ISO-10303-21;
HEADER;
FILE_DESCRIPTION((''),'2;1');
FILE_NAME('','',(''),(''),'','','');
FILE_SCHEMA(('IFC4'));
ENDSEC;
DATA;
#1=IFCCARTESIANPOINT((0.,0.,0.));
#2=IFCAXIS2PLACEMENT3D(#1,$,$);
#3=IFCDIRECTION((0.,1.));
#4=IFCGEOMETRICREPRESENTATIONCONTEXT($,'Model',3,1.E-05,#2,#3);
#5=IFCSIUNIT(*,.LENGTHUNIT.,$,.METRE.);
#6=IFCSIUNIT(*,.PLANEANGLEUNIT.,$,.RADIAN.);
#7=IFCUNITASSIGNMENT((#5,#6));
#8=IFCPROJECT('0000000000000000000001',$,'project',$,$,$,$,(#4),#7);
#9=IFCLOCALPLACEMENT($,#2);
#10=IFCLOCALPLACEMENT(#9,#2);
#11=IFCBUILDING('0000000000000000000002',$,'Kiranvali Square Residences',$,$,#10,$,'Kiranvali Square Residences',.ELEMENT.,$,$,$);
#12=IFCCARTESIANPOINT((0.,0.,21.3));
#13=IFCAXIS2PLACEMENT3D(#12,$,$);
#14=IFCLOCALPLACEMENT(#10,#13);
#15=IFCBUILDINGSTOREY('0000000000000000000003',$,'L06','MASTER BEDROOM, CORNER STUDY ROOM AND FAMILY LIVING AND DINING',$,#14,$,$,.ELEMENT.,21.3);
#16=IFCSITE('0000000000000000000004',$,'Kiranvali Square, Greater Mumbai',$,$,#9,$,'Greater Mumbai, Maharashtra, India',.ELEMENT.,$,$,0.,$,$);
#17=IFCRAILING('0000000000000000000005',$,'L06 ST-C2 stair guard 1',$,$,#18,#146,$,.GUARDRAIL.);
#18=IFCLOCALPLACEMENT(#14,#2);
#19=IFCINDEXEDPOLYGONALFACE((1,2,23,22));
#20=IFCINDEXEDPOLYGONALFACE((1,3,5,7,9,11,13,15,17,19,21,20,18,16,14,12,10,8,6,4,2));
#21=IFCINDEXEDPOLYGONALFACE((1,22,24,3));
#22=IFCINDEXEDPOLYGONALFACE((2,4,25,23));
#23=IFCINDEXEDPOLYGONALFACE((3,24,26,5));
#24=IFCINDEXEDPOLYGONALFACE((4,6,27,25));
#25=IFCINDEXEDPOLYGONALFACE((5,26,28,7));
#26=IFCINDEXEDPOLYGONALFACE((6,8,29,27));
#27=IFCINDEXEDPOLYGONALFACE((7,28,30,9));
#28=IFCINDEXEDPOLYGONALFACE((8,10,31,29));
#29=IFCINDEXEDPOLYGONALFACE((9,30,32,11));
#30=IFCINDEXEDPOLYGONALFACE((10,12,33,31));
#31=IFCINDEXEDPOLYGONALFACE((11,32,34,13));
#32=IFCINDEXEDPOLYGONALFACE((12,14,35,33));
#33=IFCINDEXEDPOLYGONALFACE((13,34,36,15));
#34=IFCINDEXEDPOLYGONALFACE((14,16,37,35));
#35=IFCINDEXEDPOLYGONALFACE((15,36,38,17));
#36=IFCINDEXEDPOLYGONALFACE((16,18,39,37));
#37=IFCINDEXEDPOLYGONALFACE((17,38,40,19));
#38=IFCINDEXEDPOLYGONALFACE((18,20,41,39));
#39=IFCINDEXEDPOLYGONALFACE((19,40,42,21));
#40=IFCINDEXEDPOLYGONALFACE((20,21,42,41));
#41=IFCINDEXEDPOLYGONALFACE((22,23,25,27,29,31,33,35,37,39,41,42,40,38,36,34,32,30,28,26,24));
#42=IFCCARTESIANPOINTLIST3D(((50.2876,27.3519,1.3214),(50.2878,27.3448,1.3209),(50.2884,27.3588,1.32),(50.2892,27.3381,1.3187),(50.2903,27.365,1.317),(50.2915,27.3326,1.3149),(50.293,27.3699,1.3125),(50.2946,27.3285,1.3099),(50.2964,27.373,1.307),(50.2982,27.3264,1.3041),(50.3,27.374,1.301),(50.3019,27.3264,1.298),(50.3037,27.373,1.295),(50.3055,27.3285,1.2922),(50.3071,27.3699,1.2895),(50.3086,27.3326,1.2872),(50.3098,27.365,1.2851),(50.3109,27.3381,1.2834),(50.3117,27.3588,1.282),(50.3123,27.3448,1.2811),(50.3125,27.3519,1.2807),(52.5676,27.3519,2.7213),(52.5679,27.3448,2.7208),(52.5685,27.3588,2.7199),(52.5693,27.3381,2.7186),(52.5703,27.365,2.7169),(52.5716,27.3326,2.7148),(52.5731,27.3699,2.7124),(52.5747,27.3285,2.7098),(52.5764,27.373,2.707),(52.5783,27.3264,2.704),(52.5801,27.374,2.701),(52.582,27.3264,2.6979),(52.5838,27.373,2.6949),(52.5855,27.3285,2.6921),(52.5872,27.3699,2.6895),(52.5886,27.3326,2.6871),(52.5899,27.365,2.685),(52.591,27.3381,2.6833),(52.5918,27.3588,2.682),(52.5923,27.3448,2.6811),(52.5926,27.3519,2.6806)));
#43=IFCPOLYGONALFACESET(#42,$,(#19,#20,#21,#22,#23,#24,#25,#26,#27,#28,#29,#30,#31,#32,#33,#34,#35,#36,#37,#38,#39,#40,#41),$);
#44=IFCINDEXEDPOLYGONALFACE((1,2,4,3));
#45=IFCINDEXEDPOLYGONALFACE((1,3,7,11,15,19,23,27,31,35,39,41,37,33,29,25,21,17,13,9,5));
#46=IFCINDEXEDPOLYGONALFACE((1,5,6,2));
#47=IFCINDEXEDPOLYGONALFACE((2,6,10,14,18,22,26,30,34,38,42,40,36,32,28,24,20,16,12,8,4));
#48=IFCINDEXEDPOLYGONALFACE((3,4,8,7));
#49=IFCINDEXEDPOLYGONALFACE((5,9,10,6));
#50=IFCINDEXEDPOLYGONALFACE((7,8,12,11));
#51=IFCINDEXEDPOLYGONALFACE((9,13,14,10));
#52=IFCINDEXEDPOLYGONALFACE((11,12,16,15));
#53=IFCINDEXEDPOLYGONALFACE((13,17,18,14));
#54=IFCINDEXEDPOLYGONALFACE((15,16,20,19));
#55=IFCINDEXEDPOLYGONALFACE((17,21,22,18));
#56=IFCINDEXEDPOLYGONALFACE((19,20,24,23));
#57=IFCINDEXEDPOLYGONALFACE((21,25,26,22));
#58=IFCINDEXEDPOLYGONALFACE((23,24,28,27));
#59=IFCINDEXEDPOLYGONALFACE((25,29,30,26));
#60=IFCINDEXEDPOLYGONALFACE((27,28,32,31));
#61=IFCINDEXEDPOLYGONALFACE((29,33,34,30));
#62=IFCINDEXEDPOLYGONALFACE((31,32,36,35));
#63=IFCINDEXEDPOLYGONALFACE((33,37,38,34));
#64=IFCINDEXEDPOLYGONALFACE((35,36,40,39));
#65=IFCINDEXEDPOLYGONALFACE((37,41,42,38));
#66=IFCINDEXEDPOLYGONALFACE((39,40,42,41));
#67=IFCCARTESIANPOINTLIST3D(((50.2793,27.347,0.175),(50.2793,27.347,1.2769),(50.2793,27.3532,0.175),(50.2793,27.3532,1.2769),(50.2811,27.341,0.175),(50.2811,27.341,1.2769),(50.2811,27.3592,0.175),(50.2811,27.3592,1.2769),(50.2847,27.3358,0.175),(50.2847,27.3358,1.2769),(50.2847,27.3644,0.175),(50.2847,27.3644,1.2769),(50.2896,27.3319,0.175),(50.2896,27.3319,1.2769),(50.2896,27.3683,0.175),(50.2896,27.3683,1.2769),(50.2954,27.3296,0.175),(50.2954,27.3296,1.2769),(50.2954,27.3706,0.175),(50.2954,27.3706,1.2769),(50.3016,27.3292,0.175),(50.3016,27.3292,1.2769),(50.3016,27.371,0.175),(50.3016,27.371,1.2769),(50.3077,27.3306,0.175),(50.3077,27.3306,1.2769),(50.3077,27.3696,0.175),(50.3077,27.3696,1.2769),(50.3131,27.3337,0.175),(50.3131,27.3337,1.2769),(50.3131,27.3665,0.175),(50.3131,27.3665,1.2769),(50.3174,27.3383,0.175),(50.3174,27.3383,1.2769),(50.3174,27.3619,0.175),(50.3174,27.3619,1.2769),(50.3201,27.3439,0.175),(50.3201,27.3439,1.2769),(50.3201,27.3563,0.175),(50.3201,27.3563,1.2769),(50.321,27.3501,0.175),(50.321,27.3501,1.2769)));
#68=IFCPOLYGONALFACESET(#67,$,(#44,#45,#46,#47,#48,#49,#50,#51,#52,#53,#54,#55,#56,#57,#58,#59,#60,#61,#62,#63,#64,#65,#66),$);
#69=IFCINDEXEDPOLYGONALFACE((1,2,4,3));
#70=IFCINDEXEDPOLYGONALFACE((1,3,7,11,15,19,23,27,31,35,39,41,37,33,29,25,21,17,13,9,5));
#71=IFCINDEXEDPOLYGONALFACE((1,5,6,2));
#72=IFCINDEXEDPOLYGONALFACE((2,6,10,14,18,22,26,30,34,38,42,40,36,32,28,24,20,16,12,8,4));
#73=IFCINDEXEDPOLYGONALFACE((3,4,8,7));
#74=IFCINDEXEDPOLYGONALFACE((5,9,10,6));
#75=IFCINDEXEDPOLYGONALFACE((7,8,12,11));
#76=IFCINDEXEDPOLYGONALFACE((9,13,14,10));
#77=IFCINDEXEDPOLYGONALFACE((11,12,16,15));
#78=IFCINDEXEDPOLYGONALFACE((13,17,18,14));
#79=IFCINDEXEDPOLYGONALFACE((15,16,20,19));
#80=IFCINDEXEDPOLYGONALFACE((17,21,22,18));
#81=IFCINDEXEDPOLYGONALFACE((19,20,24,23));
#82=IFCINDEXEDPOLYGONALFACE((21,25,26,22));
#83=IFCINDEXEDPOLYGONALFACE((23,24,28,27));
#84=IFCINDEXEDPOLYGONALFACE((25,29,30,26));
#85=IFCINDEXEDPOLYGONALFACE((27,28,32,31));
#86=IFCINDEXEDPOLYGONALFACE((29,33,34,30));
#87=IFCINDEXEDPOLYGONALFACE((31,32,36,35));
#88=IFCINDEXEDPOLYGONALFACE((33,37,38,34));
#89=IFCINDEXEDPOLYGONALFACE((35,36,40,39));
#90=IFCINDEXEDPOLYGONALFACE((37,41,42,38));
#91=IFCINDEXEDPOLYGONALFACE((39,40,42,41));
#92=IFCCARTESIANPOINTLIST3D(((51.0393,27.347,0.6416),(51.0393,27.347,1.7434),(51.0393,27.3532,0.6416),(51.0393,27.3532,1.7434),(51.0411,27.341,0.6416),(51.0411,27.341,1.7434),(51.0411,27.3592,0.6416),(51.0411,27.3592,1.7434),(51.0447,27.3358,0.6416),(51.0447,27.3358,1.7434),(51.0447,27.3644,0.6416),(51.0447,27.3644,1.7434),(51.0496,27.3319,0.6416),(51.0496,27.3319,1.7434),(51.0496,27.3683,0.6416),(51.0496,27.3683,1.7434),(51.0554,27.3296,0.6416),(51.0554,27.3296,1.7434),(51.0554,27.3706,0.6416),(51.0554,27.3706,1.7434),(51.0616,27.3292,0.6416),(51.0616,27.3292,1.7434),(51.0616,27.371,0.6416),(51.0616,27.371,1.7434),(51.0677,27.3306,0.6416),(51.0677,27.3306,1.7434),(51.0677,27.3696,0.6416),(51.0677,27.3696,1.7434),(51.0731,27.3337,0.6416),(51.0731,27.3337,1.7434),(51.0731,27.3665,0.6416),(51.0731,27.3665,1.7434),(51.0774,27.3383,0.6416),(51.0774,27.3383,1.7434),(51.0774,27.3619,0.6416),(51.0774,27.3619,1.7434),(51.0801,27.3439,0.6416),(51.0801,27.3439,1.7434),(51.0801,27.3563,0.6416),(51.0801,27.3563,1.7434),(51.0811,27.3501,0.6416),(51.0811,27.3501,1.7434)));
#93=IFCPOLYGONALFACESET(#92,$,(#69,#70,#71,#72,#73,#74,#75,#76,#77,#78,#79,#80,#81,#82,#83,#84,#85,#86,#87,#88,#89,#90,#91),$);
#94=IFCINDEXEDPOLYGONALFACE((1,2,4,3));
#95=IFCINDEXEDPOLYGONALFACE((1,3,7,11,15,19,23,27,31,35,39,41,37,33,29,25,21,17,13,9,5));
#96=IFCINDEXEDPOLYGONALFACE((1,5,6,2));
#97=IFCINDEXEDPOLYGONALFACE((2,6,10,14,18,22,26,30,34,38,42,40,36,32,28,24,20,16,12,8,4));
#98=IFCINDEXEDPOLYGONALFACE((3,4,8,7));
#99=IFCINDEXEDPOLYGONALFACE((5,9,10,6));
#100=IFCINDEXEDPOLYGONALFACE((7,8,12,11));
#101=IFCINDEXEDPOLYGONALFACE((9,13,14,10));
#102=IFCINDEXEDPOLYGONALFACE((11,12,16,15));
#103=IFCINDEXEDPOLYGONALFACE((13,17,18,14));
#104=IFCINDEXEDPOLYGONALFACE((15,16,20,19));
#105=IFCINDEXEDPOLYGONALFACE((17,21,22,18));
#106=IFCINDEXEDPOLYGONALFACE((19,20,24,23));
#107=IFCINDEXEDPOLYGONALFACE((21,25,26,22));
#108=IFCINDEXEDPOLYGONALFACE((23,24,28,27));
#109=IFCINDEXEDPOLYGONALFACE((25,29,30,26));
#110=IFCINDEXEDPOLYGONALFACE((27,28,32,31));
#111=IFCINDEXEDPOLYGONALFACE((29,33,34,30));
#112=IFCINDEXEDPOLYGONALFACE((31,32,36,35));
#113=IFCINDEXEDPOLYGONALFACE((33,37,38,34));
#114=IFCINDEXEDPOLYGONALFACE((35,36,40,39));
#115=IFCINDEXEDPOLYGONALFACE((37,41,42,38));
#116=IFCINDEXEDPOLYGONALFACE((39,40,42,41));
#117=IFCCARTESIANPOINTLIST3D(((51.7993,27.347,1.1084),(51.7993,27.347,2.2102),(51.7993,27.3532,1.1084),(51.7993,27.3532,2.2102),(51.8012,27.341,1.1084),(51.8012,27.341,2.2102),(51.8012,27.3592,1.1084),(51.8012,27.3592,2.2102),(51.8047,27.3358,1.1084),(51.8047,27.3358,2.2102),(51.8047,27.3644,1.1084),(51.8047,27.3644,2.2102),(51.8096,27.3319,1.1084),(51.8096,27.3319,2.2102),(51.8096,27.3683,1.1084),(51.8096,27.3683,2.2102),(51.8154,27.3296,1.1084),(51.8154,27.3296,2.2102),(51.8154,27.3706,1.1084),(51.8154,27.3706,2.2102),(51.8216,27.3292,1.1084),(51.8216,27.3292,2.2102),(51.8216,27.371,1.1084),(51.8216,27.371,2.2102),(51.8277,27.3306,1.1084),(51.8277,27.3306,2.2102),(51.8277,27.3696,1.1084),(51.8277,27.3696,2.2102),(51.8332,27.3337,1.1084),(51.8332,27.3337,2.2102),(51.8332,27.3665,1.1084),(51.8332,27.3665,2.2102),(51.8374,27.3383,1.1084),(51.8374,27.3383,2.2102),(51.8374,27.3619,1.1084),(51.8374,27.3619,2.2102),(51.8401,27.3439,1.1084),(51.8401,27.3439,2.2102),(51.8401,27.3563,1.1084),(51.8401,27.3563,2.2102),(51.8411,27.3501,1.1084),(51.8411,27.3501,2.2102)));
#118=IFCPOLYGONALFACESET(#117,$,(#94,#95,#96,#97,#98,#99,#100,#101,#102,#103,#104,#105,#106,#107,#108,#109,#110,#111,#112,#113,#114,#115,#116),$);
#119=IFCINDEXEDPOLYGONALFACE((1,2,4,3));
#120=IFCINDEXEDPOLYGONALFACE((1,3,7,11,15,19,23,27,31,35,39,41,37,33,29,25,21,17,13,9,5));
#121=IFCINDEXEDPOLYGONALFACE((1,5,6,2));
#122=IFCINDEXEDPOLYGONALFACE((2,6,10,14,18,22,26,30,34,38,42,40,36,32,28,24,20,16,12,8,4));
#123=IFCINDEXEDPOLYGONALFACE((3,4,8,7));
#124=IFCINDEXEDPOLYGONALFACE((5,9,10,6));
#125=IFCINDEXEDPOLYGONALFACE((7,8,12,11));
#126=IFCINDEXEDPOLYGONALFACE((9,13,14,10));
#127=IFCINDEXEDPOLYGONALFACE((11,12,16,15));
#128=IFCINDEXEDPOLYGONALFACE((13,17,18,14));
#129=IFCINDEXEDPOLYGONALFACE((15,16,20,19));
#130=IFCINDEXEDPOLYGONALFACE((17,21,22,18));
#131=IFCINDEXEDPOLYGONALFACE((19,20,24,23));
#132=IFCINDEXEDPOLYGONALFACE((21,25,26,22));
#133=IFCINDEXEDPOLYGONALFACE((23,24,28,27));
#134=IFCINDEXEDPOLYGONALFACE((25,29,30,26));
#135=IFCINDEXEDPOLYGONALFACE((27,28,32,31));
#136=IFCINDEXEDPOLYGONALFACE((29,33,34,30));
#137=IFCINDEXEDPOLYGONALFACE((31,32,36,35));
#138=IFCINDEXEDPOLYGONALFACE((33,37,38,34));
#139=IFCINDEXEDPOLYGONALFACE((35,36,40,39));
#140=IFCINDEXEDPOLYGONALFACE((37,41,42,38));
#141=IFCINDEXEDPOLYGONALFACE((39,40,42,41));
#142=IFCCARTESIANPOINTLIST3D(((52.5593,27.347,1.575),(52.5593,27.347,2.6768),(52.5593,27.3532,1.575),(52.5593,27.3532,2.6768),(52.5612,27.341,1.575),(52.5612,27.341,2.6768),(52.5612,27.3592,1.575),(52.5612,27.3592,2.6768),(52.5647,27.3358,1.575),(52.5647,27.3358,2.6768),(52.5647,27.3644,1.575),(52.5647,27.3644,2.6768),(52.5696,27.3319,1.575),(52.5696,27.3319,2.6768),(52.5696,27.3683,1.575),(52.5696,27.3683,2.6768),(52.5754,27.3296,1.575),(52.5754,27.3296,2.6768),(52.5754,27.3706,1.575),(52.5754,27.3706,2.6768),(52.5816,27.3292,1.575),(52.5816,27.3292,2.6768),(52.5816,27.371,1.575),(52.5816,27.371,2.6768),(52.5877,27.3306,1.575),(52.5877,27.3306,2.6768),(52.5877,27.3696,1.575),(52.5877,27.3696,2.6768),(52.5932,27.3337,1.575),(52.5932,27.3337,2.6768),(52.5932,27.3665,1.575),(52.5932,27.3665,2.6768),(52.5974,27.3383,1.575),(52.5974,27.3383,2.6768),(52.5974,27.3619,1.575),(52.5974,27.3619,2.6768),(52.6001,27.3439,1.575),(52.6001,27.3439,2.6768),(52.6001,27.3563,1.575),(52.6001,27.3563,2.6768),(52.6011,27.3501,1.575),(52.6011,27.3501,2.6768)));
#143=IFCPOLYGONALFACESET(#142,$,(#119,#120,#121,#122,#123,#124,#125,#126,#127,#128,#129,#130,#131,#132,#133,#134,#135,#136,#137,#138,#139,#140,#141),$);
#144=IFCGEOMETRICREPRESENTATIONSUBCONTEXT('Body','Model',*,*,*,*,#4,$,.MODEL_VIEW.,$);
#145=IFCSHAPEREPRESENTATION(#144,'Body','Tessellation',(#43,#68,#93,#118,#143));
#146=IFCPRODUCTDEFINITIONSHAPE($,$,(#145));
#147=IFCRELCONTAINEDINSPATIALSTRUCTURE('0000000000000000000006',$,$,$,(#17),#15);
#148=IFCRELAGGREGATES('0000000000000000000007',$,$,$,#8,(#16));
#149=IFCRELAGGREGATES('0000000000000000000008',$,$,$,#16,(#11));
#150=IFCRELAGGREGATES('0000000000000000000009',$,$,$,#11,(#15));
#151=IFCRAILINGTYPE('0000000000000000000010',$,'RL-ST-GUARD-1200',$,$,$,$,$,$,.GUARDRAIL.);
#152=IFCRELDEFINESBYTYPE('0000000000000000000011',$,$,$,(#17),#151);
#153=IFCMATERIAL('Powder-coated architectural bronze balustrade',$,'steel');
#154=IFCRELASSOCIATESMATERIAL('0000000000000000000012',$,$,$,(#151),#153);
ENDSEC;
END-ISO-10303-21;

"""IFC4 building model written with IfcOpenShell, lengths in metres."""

from ifc_helpers import new_model, si_unit, direction, frame, origin, origin_2d, place, context, subcontext, project, spatial, circle, extrude, material, type_object, element, save


model = new_model("IFC4")

# Units and contexts
model_context = context("Model", 3, precision=1e-05, world=origin(), true_north=direction((0.0, 1.0)))
body_context = subcontext(model_context, "Body", "Model", "MODEL_VIEW")
ifc_project = project(units=[si_unit("LENGTHUNIT", "METRE"), si_unit("PLANEANGLEUNIT", "RADIAN")], contexts=[model_context])

# Site, building, storey
site_placement = place(None, origin())
site = spatial("IfcSite", under=ifc_project, at=site_placement, Name="Kiranvali Square, Greater Mumbai", LongName="Greater Mumbai, Maharashtra, India", CompositionType="ELEMENT", RefElevation=0.0)
building_placement = place(site_placement, origin())
building = spatial("IfcBuilding", under=site, at=building_placement, Name="Kiranvali Square Residences", LongName="Kiranvali Square Residences", CompositionType="ELEMENT")
storey_placement = place(building_placement, frame((0.0, 0.0, 21.3)))
storey = spatial("IfcBuildingStorey", under=building, at=storey_placement, Name="L06", Description="MASTER BEDROOM, CORNER STUDY ROOM AND FAMILY LIVING AND DINING", CompositionType="ELEMENT", Elevation=21.3)

# Railing
ifc_material_1 = material(Name="Powder-coated architectural bronze balustrade", Category="steel")
railing_type_1 = type_object("IfcRailingType", Name="RL-ST-GUARD-1200", PredefinedType="GUARDRAIL", material=ifc_material_1)
railing_1_placement = place(storey_placement, frame((50.3, 27.3501, 0.175)))
element("IfcRailing", 1, at=railing_1_placement, inside=storey, type_object=railing_type_1, Name="L06 ST-C2 stair guard 1", PredefinedType="GUARDRAIL", context=body_context, shape_type="SweptSolid", body=[
    extrude(circle(Radius=0.0239, at=origin_2d()), frame((0.0, 0.0, 1.126), z_axis=(0.85219, 0.0, 0.523232), x_axis=(0.0, 1.0, 0.0)), (0.0, 0.0, 1.0), 2.6755),
    extrude(circle(Radius=0.021, at=origin_2d()), origin(), (0.0, 0.0, 1.0), 1.1018),
    extrude(circle(Radius=0.021, at=origin_2d()), frame((0.76, 0.0, 0.4666)), (0.0, 0.0, 1.0), 1.1018),
    extrude(circle(Radius=0.021, at=origin_2d()), frame((1.52, 0.0, 0.9333)), (0.0, 0.0, 1.0), 1.1018),
    extrude(circle(Radius=0.021, at=origin_2d()), frame((2.28, 0.0, 1.3999)), (0.0, 0.0, 1.0), 1.1018),
])

save(model, "model.ifc")
